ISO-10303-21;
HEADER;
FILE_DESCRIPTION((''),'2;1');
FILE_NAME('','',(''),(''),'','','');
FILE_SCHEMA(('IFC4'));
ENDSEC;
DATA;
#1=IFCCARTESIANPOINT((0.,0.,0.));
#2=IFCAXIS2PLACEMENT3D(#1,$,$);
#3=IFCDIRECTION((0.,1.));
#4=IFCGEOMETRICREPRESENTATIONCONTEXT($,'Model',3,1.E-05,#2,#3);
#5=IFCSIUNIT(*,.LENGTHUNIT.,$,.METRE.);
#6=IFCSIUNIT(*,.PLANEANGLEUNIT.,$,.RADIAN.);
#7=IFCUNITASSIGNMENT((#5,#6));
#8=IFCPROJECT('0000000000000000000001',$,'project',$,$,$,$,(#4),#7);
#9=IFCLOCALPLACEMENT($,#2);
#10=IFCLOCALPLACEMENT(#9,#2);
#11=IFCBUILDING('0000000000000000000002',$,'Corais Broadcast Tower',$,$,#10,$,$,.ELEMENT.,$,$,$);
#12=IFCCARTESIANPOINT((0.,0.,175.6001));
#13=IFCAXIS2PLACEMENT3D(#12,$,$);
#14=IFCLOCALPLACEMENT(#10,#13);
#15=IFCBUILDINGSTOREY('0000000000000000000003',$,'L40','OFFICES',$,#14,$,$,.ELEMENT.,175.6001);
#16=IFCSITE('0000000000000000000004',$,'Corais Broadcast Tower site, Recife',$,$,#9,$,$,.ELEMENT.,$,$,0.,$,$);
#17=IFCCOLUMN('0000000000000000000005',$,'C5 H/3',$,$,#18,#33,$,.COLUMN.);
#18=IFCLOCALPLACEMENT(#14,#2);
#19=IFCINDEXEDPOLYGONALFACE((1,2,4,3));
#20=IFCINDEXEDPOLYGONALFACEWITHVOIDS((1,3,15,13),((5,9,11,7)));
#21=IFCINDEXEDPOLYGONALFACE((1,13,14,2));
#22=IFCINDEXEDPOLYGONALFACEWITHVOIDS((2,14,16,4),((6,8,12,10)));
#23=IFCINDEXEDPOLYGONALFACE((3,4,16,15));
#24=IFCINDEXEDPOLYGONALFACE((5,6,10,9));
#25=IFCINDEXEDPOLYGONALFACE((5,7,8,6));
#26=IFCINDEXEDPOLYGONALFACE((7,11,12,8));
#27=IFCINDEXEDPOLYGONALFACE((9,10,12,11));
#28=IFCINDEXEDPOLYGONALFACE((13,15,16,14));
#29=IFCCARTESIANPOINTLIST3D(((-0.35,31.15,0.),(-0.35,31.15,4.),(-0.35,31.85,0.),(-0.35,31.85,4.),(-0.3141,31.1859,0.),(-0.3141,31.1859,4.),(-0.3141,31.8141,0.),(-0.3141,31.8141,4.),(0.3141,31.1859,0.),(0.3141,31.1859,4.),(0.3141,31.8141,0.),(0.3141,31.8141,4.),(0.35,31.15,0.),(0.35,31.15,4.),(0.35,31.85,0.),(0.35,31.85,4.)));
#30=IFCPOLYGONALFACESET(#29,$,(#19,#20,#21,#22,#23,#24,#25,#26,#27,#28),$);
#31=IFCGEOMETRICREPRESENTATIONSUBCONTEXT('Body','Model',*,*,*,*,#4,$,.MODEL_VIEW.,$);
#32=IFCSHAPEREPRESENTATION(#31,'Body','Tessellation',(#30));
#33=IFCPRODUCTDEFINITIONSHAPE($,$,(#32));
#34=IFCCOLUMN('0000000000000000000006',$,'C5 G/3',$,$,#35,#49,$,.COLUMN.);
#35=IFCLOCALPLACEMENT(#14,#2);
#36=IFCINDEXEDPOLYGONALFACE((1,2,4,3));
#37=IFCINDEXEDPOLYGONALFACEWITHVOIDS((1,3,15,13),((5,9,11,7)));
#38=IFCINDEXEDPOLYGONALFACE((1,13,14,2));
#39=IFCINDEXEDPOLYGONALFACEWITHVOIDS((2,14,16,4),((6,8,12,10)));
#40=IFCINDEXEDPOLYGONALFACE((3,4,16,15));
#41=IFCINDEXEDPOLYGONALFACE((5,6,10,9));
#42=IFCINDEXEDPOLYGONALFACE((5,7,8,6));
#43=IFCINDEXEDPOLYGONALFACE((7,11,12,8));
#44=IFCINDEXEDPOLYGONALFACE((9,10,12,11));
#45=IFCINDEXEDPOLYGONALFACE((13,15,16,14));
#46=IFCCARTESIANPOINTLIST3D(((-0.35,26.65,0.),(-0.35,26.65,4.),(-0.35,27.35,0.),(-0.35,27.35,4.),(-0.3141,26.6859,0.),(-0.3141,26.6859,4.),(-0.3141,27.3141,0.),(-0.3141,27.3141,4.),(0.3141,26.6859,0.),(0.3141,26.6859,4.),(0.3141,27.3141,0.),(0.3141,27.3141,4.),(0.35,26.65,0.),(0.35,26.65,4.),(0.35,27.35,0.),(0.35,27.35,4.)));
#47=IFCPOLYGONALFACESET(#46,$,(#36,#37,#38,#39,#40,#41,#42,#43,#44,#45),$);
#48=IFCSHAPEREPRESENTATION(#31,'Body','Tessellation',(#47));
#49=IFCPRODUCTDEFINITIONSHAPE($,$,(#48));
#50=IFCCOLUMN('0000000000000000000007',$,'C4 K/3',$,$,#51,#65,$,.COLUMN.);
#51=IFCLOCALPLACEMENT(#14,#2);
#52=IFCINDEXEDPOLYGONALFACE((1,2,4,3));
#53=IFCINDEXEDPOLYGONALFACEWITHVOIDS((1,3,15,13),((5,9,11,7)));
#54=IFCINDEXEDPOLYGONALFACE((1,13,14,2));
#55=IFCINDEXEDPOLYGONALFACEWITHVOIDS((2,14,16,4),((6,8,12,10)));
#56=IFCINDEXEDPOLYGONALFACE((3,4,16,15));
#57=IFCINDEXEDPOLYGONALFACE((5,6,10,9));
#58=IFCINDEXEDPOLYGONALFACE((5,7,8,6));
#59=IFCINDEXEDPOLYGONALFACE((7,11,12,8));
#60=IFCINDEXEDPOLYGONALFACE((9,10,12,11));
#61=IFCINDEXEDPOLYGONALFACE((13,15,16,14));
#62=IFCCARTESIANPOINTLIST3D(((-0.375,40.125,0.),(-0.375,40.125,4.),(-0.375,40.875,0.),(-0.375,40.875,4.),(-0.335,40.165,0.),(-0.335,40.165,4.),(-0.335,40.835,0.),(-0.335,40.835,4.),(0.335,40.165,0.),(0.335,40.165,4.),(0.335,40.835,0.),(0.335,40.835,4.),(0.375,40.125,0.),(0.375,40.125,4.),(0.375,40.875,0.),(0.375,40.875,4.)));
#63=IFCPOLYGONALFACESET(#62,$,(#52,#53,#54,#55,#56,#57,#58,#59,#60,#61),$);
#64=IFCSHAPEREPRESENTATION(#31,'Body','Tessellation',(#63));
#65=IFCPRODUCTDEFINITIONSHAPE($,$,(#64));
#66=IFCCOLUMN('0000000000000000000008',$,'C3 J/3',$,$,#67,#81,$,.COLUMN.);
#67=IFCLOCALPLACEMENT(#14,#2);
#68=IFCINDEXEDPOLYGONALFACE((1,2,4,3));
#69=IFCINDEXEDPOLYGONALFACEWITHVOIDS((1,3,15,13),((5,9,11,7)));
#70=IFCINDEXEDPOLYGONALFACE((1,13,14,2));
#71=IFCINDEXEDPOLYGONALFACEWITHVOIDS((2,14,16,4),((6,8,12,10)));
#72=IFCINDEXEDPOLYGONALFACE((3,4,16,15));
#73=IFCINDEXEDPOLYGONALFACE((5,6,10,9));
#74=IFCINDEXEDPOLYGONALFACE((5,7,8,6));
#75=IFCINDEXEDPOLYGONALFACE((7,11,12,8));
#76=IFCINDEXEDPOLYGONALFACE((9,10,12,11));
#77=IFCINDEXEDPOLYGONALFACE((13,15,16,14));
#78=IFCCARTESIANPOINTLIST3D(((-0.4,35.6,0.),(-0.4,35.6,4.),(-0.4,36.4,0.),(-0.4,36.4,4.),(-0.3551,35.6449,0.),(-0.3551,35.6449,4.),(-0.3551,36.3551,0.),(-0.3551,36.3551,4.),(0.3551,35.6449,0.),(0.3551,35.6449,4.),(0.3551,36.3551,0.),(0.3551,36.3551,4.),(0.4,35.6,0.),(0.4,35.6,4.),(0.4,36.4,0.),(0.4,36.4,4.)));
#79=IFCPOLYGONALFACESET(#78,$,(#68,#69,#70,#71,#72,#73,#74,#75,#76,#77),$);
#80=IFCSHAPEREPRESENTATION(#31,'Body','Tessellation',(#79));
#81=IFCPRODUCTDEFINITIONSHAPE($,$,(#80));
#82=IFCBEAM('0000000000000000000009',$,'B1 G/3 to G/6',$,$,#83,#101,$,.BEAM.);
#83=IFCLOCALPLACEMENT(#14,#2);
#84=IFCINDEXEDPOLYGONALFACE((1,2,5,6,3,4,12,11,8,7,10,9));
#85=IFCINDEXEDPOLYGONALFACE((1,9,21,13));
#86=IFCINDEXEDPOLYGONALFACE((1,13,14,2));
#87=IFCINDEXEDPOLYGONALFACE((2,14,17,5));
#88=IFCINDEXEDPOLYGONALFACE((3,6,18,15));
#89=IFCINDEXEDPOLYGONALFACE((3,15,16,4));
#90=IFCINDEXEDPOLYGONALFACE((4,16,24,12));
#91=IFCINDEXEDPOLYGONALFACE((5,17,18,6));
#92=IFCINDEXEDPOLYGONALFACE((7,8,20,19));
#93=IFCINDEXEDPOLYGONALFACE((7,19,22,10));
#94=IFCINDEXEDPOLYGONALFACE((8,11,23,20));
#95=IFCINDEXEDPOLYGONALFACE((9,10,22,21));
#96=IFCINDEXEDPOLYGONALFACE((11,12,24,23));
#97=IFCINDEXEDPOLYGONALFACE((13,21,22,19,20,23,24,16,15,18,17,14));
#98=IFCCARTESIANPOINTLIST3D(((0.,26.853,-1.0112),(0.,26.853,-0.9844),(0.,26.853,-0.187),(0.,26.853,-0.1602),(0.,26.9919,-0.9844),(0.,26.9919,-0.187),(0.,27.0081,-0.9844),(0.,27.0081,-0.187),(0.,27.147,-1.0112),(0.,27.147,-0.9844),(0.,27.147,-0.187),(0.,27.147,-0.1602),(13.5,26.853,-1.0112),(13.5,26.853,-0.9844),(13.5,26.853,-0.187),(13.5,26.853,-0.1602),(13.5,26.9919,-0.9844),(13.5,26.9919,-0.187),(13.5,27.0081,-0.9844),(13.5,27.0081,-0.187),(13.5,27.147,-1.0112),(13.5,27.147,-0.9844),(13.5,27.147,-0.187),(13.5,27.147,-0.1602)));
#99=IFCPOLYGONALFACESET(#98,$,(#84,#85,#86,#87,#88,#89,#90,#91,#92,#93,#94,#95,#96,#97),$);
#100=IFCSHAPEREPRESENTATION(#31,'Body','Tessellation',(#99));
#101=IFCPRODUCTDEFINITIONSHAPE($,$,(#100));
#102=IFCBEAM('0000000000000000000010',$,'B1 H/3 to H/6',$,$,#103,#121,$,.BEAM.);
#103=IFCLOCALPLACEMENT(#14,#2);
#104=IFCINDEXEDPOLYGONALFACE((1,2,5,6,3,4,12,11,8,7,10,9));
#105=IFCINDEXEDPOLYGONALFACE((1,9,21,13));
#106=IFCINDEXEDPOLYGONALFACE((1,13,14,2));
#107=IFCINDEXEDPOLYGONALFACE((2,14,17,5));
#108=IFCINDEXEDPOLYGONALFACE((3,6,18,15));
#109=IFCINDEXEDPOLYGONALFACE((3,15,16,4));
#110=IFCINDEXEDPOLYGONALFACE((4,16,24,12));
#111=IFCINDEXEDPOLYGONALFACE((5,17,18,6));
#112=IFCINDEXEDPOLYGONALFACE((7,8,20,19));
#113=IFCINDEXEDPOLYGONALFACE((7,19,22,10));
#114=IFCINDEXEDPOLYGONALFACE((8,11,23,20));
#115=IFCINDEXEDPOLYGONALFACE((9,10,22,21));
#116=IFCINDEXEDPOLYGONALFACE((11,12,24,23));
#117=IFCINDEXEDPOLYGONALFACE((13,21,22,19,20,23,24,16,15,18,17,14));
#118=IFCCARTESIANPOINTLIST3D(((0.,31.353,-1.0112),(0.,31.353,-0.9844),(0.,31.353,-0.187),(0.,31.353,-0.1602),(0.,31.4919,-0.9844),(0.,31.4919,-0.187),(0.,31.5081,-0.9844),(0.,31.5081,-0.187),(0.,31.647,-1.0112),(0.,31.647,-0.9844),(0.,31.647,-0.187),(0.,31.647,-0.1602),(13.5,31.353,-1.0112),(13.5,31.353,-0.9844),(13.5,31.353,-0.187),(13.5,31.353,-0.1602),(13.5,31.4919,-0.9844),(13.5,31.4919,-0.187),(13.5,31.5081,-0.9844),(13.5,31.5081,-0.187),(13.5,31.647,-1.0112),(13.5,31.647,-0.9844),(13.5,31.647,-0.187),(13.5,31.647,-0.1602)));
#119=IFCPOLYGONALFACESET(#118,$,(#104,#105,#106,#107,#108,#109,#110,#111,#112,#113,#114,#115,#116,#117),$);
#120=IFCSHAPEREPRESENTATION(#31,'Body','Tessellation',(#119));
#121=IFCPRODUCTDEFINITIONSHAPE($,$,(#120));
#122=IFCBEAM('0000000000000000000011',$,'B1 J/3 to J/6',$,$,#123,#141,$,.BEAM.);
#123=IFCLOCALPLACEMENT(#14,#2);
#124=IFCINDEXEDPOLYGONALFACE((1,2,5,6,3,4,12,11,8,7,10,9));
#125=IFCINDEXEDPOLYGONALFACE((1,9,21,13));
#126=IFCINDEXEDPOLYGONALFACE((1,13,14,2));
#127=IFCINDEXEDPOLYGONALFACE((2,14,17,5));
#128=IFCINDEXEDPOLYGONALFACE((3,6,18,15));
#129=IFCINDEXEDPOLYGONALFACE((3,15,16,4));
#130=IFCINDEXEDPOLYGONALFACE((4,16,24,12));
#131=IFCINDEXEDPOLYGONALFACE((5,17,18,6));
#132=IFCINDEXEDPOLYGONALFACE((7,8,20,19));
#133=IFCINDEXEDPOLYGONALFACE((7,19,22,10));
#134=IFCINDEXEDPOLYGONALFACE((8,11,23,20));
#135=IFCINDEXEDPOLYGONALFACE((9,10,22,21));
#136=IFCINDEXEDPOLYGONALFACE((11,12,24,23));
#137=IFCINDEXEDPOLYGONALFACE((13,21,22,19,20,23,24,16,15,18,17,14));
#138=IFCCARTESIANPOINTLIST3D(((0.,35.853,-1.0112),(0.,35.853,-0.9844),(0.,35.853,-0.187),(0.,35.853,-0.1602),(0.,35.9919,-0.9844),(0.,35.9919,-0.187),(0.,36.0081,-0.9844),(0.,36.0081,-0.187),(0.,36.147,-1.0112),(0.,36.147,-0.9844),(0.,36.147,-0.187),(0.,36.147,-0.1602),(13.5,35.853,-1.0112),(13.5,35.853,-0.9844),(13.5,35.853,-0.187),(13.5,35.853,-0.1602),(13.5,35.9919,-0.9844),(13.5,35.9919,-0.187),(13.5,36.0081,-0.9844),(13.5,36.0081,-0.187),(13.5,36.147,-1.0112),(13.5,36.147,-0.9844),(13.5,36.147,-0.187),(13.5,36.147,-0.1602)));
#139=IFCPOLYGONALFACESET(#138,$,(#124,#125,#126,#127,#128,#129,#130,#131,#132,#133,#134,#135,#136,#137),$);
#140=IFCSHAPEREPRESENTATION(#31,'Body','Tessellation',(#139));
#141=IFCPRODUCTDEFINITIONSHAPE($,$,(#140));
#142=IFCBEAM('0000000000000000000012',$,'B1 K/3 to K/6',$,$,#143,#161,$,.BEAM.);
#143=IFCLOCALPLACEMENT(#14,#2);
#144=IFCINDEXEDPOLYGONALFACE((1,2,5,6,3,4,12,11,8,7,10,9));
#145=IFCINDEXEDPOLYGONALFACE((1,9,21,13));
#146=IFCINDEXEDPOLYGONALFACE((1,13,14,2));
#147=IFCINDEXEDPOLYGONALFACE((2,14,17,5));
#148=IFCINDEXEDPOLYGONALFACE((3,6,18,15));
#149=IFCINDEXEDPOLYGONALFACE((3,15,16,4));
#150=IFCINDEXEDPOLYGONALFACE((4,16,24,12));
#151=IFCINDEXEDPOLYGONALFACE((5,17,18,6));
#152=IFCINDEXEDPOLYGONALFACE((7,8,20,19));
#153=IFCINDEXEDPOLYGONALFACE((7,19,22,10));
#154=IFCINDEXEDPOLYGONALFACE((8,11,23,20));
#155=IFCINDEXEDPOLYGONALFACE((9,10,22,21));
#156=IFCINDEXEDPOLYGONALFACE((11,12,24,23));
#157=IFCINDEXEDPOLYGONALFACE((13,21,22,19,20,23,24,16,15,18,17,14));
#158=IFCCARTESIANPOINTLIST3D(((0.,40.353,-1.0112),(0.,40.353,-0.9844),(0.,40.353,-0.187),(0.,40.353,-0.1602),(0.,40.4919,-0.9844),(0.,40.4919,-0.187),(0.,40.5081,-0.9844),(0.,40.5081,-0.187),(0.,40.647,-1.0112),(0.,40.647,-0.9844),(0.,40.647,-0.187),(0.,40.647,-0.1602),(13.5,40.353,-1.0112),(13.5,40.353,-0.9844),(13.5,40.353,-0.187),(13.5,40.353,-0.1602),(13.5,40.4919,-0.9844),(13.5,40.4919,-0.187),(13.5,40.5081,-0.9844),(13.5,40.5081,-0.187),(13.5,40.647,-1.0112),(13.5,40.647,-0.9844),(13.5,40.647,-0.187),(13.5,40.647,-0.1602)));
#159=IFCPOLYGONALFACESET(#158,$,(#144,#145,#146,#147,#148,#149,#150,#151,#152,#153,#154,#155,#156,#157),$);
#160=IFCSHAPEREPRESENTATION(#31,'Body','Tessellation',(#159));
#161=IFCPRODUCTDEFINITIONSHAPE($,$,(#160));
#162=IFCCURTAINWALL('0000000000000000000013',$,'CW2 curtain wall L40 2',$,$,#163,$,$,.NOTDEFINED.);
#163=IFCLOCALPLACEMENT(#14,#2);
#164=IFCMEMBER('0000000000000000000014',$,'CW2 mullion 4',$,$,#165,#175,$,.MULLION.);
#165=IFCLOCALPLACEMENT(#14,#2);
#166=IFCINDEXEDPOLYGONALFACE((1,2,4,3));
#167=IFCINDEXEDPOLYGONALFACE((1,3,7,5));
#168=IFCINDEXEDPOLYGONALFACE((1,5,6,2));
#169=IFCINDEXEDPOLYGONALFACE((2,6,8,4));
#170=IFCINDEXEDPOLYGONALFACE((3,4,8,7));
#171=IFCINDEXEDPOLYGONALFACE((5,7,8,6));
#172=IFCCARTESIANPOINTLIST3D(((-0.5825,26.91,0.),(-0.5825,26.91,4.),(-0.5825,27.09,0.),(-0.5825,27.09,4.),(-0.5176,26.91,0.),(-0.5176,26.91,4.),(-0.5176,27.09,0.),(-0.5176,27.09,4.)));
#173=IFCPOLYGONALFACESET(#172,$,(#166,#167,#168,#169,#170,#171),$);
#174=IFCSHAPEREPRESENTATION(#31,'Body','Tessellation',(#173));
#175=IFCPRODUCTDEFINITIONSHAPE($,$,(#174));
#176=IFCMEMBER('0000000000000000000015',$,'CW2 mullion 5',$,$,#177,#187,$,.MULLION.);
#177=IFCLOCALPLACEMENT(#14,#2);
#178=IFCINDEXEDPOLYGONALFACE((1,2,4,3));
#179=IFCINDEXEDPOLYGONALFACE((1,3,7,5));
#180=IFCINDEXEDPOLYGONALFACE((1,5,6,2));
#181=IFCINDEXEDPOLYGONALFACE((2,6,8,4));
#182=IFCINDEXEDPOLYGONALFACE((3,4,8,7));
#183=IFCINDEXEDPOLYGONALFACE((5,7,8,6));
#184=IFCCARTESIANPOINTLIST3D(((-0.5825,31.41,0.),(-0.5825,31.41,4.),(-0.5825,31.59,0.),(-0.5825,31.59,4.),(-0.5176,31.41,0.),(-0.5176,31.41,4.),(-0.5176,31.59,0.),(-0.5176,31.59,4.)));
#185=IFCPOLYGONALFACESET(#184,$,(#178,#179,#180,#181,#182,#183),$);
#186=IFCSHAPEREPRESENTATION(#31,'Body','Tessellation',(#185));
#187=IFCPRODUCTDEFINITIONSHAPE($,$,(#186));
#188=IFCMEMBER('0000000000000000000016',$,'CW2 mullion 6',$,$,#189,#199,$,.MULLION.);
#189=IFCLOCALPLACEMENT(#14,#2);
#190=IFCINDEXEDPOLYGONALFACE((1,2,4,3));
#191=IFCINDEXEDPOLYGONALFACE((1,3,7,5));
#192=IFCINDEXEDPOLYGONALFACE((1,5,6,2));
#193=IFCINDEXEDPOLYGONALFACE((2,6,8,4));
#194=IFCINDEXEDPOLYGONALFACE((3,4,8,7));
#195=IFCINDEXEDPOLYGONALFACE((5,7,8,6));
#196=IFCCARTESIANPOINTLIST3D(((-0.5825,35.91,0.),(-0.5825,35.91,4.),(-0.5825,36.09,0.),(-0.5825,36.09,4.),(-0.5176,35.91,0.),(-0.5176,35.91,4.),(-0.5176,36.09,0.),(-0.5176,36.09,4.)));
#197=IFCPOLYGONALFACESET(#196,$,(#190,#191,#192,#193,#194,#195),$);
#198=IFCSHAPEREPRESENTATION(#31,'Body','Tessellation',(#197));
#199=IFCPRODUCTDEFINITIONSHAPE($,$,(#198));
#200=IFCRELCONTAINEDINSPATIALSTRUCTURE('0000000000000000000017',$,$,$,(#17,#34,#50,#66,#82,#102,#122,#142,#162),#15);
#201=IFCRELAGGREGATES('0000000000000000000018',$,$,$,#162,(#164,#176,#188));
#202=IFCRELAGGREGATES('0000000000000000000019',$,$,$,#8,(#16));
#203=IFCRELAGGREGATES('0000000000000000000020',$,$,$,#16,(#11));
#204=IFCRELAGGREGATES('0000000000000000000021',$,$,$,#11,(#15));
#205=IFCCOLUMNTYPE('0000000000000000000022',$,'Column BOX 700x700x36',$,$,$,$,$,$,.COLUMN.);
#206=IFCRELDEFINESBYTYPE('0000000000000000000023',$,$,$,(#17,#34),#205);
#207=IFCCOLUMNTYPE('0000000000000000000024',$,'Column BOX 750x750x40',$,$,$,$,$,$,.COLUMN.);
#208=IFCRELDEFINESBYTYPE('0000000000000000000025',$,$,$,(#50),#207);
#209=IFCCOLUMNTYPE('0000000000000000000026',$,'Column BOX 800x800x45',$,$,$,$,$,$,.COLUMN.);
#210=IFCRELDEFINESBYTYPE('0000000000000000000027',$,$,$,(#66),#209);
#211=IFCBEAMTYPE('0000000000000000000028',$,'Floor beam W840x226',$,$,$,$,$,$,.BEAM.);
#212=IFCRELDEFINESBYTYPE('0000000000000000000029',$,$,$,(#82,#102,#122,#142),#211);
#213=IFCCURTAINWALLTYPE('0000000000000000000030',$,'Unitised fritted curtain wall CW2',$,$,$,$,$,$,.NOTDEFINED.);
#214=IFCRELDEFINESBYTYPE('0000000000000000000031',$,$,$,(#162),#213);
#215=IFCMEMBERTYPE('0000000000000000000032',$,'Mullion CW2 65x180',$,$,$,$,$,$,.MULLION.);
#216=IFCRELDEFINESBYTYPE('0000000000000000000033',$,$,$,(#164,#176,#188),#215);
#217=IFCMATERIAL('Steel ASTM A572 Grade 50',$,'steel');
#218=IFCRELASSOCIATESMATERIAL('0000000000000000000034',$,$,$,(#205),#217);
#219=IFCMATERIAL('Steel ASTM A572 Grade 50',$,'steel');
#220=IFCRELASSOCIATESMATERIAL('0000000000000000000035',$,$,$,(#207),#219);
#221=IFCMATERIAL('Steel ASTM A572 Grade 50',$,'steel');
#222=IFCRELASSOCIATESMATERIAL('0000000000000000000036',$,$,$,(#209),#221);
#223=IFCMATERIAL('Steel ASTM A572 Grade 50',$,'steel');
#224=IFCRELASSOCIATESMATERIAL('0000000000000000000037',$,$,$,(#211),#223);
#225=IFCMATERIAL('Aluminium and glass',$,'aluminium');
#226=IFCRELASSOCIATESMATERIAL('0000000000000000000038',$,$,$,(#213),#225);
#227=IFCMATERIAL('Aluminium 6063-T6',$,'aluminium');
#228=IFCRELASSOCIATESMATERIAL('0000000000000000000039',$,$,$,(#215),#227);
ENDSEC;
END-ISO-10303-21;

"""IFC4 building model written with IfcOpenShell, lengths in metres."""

from ifc_helpers import new_model, si_unit, direction, frame, origin, origin_2d, place, context, subcontext, project, spatial, rectangle, hollow_rectangle, i_section, extrude, material, material_profile, profile_set, type_object, element, aggregate, save


model = new_model("IFC4")

# Units and contexts
model_context = context("Model", 3, precision=1e-05, world=origin(), true_north=direction((0.0, 1.0)))
body_context = subcontext(model_context, "Body", "Model", "MODEL_VIEW")
ifc_project = project(units=[si_unit("LENGTHUNIT", "METRE"), si_unit("PLANEANGLEUNIT", "RADIAN")], contexts=[model_context])

# Site, building, storey
site_placement = place(None, origin())
site = spatial("IfcSite", under=ifc_project, at=site_placement, Name="Corais Broadcast Tower site, Recife", CompositionType="ELEMENT", RefElevation=0.0)
building_placement = place(site_placement, origin())
building = spatial("IfcBuilding", under=site, at=building_placement, Name="Corais Broadcast Tower", CompositionType="ELEMENT")
storey_placement = place(building_placement, frame((0.0, 0.0, 175.6001)))
storey = spatial("IfcBuildingStorey", under=building, at=storey_placement, Name="L40", Description="OFFICES", CompositionType="ELEMENT", Elevation=175.6001)

# Columns
ifc_material_1 = material(Name="Steel ASTM A572 Grade 50", Category="steel")
ifc_material_profile_1 = material_profile(ifc_material_1, hollow_rectangle(XDim=0.7, YDim=0.7, WallThickness=0.0359, at=origin_2d()), Name="BOX 700x700x36")
ifc_profile_set_1 = profile_set([ifc_material_profile_1], Name="Steel ASTM A572 Grade 50")
column_type_1 = type_object("IfcColumnType", Name="Column BOX 700x700x36", PredefinedType="COLUMN", material=ifc_profile_set_1)
for number, where, z_axis, x_axis, name in (
    (1, (0.0, 31.5, 0.0), (0.0, 0.0, 1.0), (1.0, 0.0, 0.0), "C5 H/3"),
    (2, (0.0, 27.0, 0.0), (0.0, 0.0, 1.0), (1.0, 0.0, 0.0), "C5 G/3"),
):
    element("IfcColumn", number, at=place(storey_placement, frame(where, z_axis=z_axis, x_axis=x_axis)), inside=storey, type_object=column_type_1, Name=name, PredefinedType="COLUMN", context=body_context, shape_type="SweptSolid", body=[
        extrude(hollow_rectangle(XDim=0.7, YDim=0.7, WallThickness=0.0359, at=origin_2d()), origin(), (0.0, 0.0, 1.0), 4.0),
    ])
ifc_material_2 = material(Name="Steel ASTM A572 Grade 50", Category="steel")
ifc_material_profile_2 = material_profile(ifc_material_2, hollow_rectangle(XDim=0.75, YDim=0.75, WallThickness=0.04, at=origin_2d()), Name="BOX 750x750x40")
ifc_profile_set_2 = profile_set([ifc_material_profile_2], Name="Steel ASTM A572 Grade 50")
column_type_2 = type_object("IfcColumnType", Name="Column BOX 750x750x40", PredefinedType="COLUMN", material=ifc_profile_set_2)
column_1_placement = place(storey_placement, frame((0.0, 40.5, 0.0), z_axis=(0.0, 0.0, 1.0), x_axis=(1.0, 0.0, 0.0)))
element("IfcColumn", 3, at=column_1_placement, inside=storey, type_object=column_type_2, Name="C4 K/3", PredefinedType="COLUMN", context=body_context, shape_type="SweptSolid", body=[
    extrude(hollow_rectangle(XDim=0.75, YDim=0.75, WallThickness=0.04, at=origin_2d()), origin(), (0.0, 0.0, 1.0), 4.0),
])
ifc_material_3 = material(Name="Steel ASTM A572 Grade 50", Category="steel")
ifc_material_profile_3 = material_profile(ifc_material_3, hollow_rectangle(XDim=0.8, YDim=0.8, WallThickness=0.0449, at=origin_2d()), Name="BOX 800x800x45")
ifc_profile_set_3 = profile_set([ifc_material_profile_3], Name="Steel ASTM A572 Grade 50")
column_type_3 = type_object("IfcColumnType", Name="Column BOX 800x800x45", PredefinedType="COLUMN", material=ifc_profile_set_3)
column_2_placement = place(storey_placement, frame((0.0, 36.0, 0.0), z_axis=(0.0, 0.0, 1.0), x_axis=(1.0, 0.0, 0.0)))
element("IfcColumn", 4, at=column_2_placement, inside=storey, type_object=column_type_3, Name="C3 J/3", PredefinedType="COLUMN", context=body_context, shape_type="SweptSolid", body=[
    extrude(hollow_rectangle(XDim=0.8, YDim=0.8, WallThickness=0.0449, at=origin_2d()), origin(), (0.0, 0.0, 1.0), 4.0),
])

# Beams
ifc_material_4 = material(Name="Steel ASTM A572 Grade 50", Category="steel")
ifc_material_profile_4 = material_profile(ifc_material_4, i_section(OverallWidth=0.2939, OverallDepth=0.8511, WebThickness=0.0161, FlangeThickness=0.0269, at=origin_2d()), Name="W840x226")
ifc_profile_set_4 = profile_set([ifc_material_profile_4], Name="Steel ASTM A572 Grade 50")
beam_type_1 = type_object("IfcBeamType", Name="Floor beam W840x226", PredefinedType="BEAM", material=ifc_profile_set_4)
for number, where, z_axis, x_axis, name in (
    (5, (0.0, 27.0, -0.5857), (1.0, 0.0, 0.0), (0.0, 1.0, 0.0), "B1 G/3 to G/6"),
    (6, (0.0, 31.5, -0.5857), (1.0, 0.0, 0.0), (0.0, 1.0, 0.0), "B1 H/3 to H/6"),
    (7, (0.0, 36.0, -0.5857), (1.0, 0.0, 0.0), (0.0, 1.0, 0.0), "B1 J/3 to J/6"),
    (8, (0.0, 40.5, -0.5857), (1.0, 0.0, 0.0), (0.0, 1.0, 0.0), "B1 K/3 to K/6"),
):
    element("IfcBeam", number, at=place(storey_placement, frame(where, z_axis=z_axis, x_axis=x_axis)), inside=storey, type_object=beam_type_1, Name=name, PredefinedType="BEAM", context=body_context, shape_type="SweptSolid", body=[
        extrude(i_section(OverallWidth=0.2939, OverallDepth=0.8511, WebThickness=0.0161, FlangeThickness=0.0269, at=origin_2d()), origin(), (0.0, 0.0, 1.0), 13.5),
    ])

# Curtain wall, members
ifc_material_5 = material(Name="Aluminium and glass", Category="aluminium")
curtain_wall_type = type_object("IfcCurtainWallType", Name="Unitised fritted curtain wall CW2", PredefinedType="NOTDEFINED", material=ifc_material_5)
curtain_wall_placement = place(storey_placement, origin())
curtain_wall = element("IfcCurtainWall", 9, at=curtain_wall_placement, inside=storey, type_object=curtain_wall_type, Name="CW2 curtain wall L40 2", PredefinedType="NOTDEFINED")
ifc_material_6 = material(Name="Aluminium 6063-T6", Category="aluminium")
ifc_material_profile_5 = material_profile(ifc_material_6, rectangle(XDim=0.0649, YDim=0.1799, at=origin_2d()), Name="Mullion CW2 65x180")
ifc_profile_set_5 = profile_set([ifc_material_profile_5], Name="Aluminium 6063-T6")
member_type_1 = type_object("IfcMemberType", Name="Mullion CW2 65x180", PredefinedType="MULLION", material=ifc_profile_set_5)
member_1_placement = place(storey_placement, frame((-0.55, 27.0, 0.0), z_axis=(0.0, 0.0, 1.0), x_axis=(-1.0, 0.0, 0.0)))
member_1 = element("IfcMember", 10, at=member_1_placement, type_object=member_type_1, Name="CW2 mullion 4", PredefinedType="MULLION", context=body_context, shape_type="SweptSolid", body=[
    extrude(rectangle(XDim=0.0649, YDim=0.1799, at=origin_2d()), origin(), (0.0, 0.0, 1.0), 4.0),
])
member_2_placement = place(storey_placement, frame((-0.55, 31.5, 0.0), z_axis=(0.0, 0.0, 1.0), x_axis=(-1.0, 0.0, 0.0)))
member_2 = element("IfcMember", 11, at=member_2_placement, type_object=member_type_1, Name="CW2 mullion 5", PredefinedType="MULLION", context=body_context, shape_type="SweptSolid", body=[
    extrude(rectangle(XDim=0.0649, YDim=0.1799, at=origin_2d()), origin(), (0.0, 0.0, 1.0), 4.0),
])
member_3_placement = place(storey_placement, frame((-0.55, 36.0, 0.0), z_axis=(0.0, 0.0, 1.0), x_axis=(-1.0, 0.0, 0.0)))
member_3 = element("IfcMember", 12, at=member_3_placement, type_object=member_type_1, Name="CW2 mullion 6", PredefinedType="MULLION", context=body_context, shape_type="SweptSolid", body=[
    extrude(rectangle(XDim=0.0649, YDim=0.1799, at=origin_2d()), origin(), (0.0, 0.0, 1.0), 4.0),
])

aggregate(curtain_wall, [member_1, member_2, member_3])

save(model, "model.ifc")
